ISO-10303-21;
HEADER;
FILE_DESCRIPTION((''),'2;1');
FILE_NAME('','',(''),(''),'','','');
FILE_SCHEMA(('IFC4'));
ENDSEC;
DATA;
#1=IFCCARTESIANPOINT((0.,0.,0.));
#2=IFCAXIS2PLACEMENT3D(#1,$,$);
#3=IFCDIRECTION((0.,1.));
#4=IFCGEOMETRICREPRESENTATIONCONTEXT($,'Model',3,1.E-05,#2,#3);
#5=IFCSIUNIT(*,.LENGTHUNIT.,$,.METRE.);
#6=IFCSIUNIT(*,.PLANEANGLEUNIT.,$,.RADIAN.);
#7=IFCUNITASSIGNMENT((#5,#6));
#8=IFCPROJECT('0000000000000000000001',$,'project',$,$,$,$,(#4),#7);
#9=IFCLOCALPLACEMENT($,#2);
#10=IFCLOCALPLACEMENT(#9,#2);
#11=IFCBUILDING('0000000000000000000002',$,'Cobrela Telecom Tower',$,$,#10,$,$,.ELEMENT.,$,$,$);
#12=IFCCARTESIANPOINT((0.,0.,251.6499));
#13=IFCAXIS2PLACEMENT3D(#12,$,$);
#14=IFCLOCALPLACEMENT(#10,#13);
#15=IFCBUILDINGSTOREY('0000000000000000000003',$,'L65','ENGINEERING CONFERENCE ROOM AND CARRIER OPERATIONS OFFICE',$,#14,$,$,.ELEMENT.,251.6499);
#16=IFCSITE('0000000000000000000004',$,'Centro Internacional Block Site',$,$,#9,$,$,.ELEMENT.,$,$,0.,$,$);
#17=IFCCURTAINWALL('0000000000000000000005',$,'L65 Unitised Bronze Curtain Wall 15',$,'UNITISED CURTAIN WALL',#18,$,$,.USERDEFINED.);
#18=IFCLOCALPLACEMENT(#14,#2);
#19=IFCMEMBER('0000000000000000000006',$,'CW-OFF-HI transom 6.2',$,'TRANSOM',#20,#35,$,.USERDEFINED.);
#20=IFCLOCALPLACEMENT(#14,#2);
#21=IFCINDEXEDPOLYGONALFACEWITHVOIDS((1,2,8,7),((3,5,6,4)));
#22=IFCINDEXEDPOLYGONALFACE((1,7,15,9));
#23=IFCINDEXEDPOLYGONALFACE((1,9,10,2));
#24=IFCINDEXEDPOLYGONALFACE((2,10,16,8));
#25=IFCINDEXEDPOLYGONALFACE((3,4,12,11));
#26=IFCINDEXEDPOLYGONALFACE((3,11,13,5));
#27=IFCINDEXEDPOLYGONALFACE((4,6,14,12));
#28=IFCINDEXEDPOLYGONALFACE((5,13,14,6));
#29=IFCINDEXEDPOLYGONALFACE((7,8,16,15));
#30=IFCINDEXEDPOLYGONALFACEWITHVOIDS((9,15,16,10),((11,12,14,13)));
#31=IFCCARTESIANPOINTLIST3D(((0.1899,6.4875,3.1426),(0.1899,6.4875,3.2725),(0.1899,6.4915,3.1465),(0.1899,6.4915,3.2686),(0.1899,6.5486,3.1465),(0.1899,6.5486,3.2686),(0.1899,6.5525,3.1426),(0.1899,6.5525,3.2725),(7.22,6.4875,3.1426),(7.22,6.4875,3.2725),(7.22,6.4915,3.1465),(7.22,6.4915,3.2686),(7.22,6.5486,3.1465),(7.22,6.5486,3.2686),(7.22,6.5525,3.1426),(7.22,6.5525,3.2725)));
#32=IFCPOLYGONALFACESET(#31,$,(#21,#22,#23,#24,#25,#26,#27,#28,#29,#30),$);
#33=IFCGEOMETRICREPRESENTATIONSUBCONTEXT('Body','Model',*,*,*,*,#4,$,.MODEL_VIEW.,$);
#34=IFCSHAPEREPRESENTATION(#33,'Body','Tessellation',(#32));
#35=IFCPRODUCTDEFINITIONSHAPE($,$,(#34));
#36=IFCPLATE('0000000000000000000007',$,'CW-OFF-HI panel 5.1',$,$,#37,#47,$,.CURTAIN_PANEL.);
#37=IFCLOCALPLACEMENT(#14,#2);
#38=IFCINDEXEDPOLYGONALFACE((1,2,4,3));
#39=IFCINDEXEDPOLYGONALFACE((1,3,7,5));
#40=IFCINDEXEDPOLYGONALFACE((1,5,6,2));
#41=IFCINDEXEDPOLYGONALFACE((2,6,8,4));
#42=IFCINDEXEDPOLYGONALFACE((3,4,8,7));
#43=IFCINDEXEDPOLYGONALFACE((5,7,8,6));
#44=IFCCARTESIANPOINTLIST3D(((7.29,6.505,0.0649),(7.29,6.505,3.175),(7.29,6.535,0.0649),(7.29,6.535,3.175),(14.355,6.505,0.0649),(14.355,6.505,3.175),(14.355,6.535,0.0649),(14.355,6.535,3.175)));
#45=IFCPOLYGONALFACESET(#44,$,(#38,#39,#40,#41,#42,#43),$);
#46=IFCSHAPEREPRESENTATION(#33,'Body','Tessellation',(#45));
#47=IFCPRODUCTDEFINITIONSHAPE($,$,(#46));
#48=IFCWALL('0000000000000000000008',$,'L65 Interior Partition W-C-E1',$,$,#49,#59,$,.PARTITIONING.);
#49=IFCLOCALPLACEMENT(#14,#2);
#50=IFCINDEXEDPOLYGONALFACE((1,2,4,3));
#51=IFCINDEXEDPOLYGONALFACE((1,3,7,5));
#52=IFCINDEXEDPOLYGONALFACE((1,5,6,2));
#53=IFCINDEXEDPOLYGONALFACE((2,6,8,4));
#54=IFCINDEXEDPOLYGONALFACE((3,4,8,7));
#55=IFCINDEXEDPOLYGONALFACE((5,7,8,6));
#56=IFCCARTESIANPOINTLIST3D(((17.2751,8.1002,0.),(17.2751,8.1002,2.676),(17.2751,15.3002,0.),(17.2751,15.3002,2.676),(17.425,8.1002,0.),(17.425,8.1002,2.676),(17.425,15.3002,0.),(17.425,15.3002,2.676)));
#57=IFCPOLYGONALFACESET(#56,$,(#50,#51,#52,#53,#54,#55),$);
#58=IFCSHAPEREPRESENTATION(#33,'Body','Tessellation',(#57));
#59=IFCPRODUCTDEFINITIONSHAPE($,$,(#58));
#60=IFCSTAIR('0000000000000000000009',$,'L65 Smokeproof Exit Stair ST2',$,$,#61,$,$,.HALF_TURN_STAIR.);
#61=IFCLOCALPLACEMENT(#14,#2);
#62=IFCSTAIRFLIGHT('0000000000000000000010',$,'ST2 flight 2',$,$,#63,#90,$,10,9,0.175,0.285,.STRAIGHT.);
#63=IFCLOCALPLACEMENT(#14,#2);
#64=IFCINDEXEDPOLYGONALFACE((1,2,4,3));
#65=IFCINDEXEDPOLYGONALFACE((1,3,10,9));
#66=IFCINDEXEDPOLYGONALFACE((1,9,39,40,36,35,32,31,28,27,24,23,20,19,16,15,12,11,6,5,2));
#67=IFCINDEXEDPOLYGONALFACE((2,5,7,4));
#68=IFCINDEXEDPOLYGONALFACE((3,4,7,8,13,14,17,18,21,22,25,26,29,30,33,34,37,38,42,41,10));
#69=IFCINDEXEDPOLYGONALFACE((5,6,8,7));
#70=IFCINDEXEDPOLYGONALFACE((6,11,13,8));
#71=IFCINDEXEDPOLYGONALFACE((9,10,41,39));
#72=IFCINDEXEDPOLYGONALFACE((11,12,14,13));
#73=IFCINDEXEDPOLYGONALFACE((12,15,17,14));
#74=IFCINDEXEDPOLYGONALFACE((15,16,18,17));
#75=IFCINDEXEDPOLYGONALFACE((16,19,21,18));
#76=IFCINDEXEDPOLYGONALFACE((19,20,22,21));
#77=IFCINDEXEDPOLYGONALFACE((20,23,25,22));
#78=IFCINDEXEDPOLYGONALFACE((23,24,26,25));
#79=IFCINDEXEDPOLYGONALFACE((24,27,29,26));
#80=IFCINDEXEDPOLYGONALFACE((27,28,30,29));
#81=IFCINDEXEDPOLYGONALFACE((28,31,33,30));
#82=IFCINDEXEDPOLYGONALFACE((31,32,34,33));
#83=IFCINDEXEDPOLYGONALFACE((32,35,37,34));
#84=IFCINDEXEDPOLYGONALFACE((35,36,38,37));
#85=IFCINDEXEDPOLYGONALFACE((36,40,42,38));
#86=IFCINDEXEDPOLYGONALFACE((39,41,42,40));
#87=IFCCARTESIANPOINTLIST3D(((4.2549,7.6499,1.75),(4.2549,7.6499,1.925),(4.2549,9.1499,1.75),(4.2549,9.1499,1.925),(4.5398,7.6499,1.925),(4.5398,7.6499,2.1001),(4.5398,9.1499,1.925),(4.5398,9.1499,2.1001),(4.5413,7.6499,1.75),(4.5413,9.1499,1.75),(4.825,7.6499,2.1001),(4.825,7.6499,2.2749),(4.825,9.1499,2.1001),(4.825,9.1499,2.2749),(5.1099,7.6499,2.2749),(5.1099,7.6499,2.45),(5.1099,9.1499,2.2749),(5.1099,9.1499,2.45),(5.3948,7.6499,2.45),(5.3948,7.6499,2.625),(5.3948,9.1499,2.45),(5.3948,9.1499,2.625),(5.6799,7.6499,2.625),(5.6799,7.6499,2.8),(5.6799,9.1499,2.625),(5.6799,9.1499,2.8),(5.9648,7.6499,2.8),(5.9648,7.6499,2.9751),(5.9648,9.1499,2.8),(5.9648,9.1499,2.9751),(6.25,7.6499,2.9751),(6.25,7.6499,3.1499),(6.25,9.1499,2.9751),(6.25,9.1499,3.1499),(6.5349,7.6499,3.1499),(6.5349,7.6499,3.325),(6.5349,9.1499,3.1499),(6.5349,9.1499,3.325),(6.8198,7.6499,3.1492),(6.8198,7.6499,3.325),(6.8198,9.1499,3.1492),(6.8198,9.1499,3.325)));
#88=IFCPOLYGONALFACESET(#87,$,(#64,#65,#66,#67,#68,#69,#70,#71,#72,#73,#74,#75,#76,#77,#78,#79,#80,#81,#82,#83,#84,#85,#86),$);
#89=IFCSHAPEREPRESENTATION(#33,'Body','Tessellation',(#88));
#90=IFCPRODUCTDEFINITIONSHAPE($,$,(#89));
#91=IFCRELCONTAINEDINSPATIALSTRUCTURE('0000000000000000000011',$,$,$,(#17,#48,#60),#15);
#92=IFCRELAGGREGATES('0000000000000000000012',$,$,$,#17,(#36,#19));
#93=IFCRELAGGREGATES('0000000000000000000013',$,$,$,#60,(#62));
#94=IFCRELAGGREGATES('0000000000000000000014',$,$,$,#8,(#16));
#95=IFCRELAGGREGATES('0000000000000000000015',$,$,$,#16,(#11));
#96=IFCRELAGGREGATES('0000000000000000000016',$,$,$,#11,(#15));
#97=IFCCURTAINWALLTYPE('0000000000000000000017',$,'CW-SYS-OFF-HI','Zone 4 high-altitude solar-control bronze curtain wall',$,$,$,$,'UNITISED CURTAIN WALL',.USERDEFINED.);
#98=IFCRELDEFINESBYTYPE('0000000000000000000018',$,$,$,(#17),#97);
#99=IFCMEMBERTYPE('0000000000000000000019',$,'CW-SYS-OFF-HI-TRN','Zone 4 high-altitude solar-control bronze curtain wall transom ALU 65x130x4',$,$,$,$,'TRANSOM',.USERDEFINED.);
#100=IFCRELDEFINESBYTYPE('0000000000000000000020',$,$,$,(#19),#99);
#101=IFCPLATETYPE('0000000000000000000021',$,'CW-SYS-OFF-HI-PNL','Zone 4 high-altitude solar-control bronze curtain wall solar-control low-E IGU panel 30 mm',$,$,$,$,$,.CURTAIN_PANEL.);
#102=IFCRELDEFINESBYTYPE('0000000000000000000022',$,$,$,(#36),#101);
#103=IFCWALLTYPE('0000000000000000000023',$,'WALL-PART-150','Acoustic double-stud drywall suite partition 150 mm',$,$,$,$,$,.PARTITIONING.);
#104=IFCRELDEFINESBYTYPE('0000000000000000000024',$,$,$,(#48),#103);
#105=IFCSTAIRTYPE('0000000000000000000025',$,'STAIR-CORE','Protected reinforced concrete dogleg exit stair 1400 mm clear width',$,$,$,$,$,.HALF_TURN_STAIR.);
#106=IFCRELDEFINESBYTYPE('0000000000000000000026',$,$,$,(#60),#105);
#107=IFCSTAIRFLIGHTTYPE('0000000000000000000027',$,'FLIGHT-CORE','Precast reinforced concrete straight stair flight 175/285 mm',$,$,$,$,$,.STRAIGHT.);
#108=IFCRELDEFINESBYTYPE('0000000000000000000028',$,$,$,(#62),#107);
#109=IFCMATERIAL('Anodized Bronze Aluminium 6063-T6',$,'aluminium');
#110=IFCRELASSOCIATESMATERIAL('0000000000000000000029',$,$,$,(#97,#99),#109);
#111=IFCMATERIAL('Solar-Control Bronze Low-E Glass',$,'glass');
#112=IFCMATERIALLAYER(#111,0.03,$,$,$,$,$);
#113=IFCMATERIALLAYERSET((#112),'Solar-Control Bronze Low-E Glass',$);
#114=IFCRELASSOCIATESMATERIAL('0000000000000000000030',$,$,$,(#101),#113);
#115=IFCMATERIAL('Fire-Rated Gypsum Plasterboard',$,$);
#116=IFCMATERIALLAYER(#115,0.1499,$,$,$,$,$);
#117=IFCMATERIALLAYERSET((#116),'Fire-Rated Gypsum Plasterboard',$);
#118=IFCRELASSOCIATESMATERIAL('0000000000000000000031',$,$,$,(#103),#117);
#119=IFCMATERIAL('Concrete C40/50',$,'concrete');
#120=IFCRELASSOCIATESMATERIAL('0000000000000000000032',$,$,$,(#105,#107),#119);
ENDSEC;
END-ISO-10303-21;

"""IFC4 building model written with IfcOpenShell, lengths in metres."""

from ifc_helpers import new_model, si_unit, direction, frame, frame_2d, origin, origin_2d, place, context, subcontext, project, spatial, polyline, rectangle, hollow_rectangle, outline, extrude, material, layer, layer_set, material_profile, profile_set, type_object, element, aggregate, save


model = new_model("IFC4")

# Units and contexts
model_context = context("Model", 3, precision=1e-05, world=origin(), true_north=direction((0.0, 1.0)))
body_context = subcontext(model_context, "Body", "Model", "MODEL_VIEW")
ifc_project = project(units=[si_unit("LENGTHUNIT", "METRE"), si_unit("PLANEANGLEUNIT", "RADIAN")], contexts=[model_context])

# Site, building, storey
site_placement = place(None, origin())
site = spatial("IfcSite", under=ifc_project, at=site_placement, Name="Centro Internacional Block Site", CompositionType="ELEMENT", RefElevation=0.0)
building_placement = place(site_placement, origin())
building = spatial("IfcBuilding", under=site, at=building_placement, Name="Cobrela Telecom Tower", CompositionType="ELEMENT")
storey_placement = place(building_placement, frame((0.0, 0.0, 251.6499)))
storey = spatial("IfcBuildingStorey", under=building, at=storey_placement, Name="L65", Description="ENGINEERING CONFERENCE ROOM AND CARRIER OPERATIONS OFFICE", CompositionType="ELEMENT", Elevation=251.6499)

# Curtain wall, member, plate
ifc_material_1 = material(Name="Anodized Bronze Aluminium 6063-T6", Category="aluminium")
curtain_wall_type = type_object("IfcCurtainWallType", Name="CW-SYS-OFF-HI", Description="Zone 4 high-altitude solar-control bronze curtain wall", ElementType="UNITISED CURTAIN WALL", PredefinedType="USERDEFINED", material=ifc_material_1)
curtain_wall_placement = place(storey_placement, origin())
curtain_wall = element("IfcCurtainWall", 1, at=curtain_wall_placement, inside=storey, type_object=curtain_wall_type, Name="L65 Unitised Bronze Curtain Wall 15", ObjectType="UNITISED CURTAIN WALL", PredefinedType="USERDEFINED")
ifc_material_profile_1 = material_profile(ifc_material_1, hollow_rectangle(XDim=0.0649, YDim=0.1299, WallThickness=0.0039, at=origin_2d()), Name="ALU 65x130x4")
ifc_profile_set_1 = profile_set([ifc_material_profile_1], Name="Anodized Bronze Aluminium 6063-T6")
member_type_1 = type_object("IfcMemberType", Name="CW-SYS-OFF-HI-TRN", Description="Zone 4 high-altitude solar-control bronze curtain wall transom ALU 65x130x4", ElementType="TRANSOM", PredefinedType="USERDEFINED", material=ifc_profile_set_1)
member_1_placement = place(storey_placement, frame((7.22, 6.52, 3.2075), z_axis=(-1.0, 0.0, 0.0), x_axis=(0.0, -1.0, 0.0)))
member_1 = element("IfcMember", 2, at=member_1_placement, type_object=member_type_1, Name="CW-OFF-HI transom 6.2", ObjectType="TRANSOM", PredefinedType="USERDEFINED", context=body_context, shape_type="SweptSolid", body=[
    extrude(hollow_rectangle(XDim=0.0649, YDim=0.1299, WallThickness=0.0039, at=origin_2d()), origin(), (0.0, 0.0, 1.0), 7.03),
])
ifc_material_2 = material(Name="Solar-Control Bronze Low-E Glass", Category="glass")
ifc_layer_1 = layer(ifc_material_2, 0.03)
ifc_layer_set_1 = layer_set([ifc_layer_1], Name="Solar-Control Bronze Low-E Glass")
plate_type = type_object("IfcPlateType", Name="CW-SYS-OFF-HI-PNL", Description="Zone 4 high-altitude solar-control bronze curtain wall solar-control low-E IGU panel 30 mm", PredefinedType="CURTAIN_PANEL", material=ifc_layer_set_1)
plate_placement = place(storey_placement, frame((10.8225, 6.52, 0.0649), z_axis=(0.0, 0.0, 1.0), x_axis=(-1.0, 0.0, 0.0)))
plate = element("IfcPlate", 3, at=plate_placement, type_object=plate_type, Name="CW-OFF-HI panel 5.1", PredefinedType="CURTAIN_PANEL", context=body_context, shape_type="SweptSolid", body=[
    extrude(rectangle(XDim=7.0649, YDim=0.03, at=origin_2d()), origin(), (0.0, 0.0, 1.0), 3.1101),
])
aggregate(curtain_wall, [plate, member_1])

# Wall
ifc_material_3 = material(Name="Fire-Rated Gypsum Plasterboard")
ifc_layer_2 = layer(ifc_material_3, 0.1499)
ifc_layer_set_2 = layer_set([ifc_layer_2], Name="Fire-Rated Gypsum Plasterboard")
wall_type_1 = type_object("IfcWallType", Name="WALL-PART-150", Description="Acoustic double-stud drywall suite partition 150 mm", PredefinedType="PARTITIONING", material=ifc_layer_set_2)
wall_1_placement = place(storey_placement, frame((17.3501, 8.1001, 0.0), z_axis=(0.0, 0.0, 1.0), x_axis=(0.0, 1.0, 0.0)))
element("IfcWall", 4, at=wall_1_placement, inside=storey, type_object=wall_type_1, Name="L65 Interior Partition W-C-E1", PredefinedType="PARTITIONING", context=body_context, shape_type="SweptSolid", body=[
    extrude(rectangle(XDim=7.2, YDim=0.1499, at=frame_2d((3.6001, 0.0))), origin(), (0.0, 0.0, 1.0), 2.676),
])

# Shared definitions
ifc_material_4 = material(Name="Concrete C40/50", Category="concrete")

# Stair, stair flight
stair_type = type_object("IfcStairType", Name="STAIR-CORE", Description="Protected reinforced concrete dogleg exit stair 1400 mm clear width", PredefinedType="HALF_TURN_STAIR", material=ifc_material_4)
stair_placement = place(storey_placement, origin())
stair = element("IfcStair", 5, at=stair_placement, inside=storey, type_object=stair_type, Name="L65 Smokeproof Exit Stair ST2", PredefinedType="HALF_TURN_STAIR")
stair_flight_type = type_object("IfcStairFlightType", Name="FLIGHT-CORE", Description="Precast reinforced concrete straight stair flight 175/285 mm", PredefinedType="STRAIGHT", material=ifc_material_4)
stair_flight_placement = place(storey_placement, frame((4.2549, 8.3999, 1.75), z_axis=(0.0, 0.0, 1.0), x_axis=(1.0, 0.0, 0.0)))
stair_flight = element("IfcStairFlight", 6, at=stair_flight_placement, type_object=stair_flight_type, Name="ST2 flight 2", NumberOfRisers=10, NumberOfTreads=9, PredefinedType="STRAIGHT", RiserHeight=0.175, TreadLength=0.285, context=body_context, shape_type="SweptSolid", body=[
    extrude(outline(polyline([(0.0, 0.0), (0.0, 0.175), (0.2849, 0.175), (0.2849, 0.3501), (0.5701, 0.3501), (0.5701, 0.5249), (0.855, 0.5249), (0.855, 0.7), (1.1399, 0.7), (1.1399, 0.875), (1.425, 0.875), (1.425, 1.05), (1.71, 1.05), (1.71, 1.2251), (1.9951, 1.2251), (1.9951, 1.3999), (2.28, 1.3999), (2.28, 1.575), (2.5649, 1.575), (2.5649, 1.75), (2.5649, 1.3992), (0.2864, 0.0), (0.0, 0.0)])), frame((0.0, 0.75, 0.0), z_axis=(0.0, -1.0, 0.0), x_axis=(1.0, 0.0, 0.0)), (0.0, 0.0, 1.0), 1.5),
])
aggregate(stair, [stair_flight])

save(model, "model.ifc")
